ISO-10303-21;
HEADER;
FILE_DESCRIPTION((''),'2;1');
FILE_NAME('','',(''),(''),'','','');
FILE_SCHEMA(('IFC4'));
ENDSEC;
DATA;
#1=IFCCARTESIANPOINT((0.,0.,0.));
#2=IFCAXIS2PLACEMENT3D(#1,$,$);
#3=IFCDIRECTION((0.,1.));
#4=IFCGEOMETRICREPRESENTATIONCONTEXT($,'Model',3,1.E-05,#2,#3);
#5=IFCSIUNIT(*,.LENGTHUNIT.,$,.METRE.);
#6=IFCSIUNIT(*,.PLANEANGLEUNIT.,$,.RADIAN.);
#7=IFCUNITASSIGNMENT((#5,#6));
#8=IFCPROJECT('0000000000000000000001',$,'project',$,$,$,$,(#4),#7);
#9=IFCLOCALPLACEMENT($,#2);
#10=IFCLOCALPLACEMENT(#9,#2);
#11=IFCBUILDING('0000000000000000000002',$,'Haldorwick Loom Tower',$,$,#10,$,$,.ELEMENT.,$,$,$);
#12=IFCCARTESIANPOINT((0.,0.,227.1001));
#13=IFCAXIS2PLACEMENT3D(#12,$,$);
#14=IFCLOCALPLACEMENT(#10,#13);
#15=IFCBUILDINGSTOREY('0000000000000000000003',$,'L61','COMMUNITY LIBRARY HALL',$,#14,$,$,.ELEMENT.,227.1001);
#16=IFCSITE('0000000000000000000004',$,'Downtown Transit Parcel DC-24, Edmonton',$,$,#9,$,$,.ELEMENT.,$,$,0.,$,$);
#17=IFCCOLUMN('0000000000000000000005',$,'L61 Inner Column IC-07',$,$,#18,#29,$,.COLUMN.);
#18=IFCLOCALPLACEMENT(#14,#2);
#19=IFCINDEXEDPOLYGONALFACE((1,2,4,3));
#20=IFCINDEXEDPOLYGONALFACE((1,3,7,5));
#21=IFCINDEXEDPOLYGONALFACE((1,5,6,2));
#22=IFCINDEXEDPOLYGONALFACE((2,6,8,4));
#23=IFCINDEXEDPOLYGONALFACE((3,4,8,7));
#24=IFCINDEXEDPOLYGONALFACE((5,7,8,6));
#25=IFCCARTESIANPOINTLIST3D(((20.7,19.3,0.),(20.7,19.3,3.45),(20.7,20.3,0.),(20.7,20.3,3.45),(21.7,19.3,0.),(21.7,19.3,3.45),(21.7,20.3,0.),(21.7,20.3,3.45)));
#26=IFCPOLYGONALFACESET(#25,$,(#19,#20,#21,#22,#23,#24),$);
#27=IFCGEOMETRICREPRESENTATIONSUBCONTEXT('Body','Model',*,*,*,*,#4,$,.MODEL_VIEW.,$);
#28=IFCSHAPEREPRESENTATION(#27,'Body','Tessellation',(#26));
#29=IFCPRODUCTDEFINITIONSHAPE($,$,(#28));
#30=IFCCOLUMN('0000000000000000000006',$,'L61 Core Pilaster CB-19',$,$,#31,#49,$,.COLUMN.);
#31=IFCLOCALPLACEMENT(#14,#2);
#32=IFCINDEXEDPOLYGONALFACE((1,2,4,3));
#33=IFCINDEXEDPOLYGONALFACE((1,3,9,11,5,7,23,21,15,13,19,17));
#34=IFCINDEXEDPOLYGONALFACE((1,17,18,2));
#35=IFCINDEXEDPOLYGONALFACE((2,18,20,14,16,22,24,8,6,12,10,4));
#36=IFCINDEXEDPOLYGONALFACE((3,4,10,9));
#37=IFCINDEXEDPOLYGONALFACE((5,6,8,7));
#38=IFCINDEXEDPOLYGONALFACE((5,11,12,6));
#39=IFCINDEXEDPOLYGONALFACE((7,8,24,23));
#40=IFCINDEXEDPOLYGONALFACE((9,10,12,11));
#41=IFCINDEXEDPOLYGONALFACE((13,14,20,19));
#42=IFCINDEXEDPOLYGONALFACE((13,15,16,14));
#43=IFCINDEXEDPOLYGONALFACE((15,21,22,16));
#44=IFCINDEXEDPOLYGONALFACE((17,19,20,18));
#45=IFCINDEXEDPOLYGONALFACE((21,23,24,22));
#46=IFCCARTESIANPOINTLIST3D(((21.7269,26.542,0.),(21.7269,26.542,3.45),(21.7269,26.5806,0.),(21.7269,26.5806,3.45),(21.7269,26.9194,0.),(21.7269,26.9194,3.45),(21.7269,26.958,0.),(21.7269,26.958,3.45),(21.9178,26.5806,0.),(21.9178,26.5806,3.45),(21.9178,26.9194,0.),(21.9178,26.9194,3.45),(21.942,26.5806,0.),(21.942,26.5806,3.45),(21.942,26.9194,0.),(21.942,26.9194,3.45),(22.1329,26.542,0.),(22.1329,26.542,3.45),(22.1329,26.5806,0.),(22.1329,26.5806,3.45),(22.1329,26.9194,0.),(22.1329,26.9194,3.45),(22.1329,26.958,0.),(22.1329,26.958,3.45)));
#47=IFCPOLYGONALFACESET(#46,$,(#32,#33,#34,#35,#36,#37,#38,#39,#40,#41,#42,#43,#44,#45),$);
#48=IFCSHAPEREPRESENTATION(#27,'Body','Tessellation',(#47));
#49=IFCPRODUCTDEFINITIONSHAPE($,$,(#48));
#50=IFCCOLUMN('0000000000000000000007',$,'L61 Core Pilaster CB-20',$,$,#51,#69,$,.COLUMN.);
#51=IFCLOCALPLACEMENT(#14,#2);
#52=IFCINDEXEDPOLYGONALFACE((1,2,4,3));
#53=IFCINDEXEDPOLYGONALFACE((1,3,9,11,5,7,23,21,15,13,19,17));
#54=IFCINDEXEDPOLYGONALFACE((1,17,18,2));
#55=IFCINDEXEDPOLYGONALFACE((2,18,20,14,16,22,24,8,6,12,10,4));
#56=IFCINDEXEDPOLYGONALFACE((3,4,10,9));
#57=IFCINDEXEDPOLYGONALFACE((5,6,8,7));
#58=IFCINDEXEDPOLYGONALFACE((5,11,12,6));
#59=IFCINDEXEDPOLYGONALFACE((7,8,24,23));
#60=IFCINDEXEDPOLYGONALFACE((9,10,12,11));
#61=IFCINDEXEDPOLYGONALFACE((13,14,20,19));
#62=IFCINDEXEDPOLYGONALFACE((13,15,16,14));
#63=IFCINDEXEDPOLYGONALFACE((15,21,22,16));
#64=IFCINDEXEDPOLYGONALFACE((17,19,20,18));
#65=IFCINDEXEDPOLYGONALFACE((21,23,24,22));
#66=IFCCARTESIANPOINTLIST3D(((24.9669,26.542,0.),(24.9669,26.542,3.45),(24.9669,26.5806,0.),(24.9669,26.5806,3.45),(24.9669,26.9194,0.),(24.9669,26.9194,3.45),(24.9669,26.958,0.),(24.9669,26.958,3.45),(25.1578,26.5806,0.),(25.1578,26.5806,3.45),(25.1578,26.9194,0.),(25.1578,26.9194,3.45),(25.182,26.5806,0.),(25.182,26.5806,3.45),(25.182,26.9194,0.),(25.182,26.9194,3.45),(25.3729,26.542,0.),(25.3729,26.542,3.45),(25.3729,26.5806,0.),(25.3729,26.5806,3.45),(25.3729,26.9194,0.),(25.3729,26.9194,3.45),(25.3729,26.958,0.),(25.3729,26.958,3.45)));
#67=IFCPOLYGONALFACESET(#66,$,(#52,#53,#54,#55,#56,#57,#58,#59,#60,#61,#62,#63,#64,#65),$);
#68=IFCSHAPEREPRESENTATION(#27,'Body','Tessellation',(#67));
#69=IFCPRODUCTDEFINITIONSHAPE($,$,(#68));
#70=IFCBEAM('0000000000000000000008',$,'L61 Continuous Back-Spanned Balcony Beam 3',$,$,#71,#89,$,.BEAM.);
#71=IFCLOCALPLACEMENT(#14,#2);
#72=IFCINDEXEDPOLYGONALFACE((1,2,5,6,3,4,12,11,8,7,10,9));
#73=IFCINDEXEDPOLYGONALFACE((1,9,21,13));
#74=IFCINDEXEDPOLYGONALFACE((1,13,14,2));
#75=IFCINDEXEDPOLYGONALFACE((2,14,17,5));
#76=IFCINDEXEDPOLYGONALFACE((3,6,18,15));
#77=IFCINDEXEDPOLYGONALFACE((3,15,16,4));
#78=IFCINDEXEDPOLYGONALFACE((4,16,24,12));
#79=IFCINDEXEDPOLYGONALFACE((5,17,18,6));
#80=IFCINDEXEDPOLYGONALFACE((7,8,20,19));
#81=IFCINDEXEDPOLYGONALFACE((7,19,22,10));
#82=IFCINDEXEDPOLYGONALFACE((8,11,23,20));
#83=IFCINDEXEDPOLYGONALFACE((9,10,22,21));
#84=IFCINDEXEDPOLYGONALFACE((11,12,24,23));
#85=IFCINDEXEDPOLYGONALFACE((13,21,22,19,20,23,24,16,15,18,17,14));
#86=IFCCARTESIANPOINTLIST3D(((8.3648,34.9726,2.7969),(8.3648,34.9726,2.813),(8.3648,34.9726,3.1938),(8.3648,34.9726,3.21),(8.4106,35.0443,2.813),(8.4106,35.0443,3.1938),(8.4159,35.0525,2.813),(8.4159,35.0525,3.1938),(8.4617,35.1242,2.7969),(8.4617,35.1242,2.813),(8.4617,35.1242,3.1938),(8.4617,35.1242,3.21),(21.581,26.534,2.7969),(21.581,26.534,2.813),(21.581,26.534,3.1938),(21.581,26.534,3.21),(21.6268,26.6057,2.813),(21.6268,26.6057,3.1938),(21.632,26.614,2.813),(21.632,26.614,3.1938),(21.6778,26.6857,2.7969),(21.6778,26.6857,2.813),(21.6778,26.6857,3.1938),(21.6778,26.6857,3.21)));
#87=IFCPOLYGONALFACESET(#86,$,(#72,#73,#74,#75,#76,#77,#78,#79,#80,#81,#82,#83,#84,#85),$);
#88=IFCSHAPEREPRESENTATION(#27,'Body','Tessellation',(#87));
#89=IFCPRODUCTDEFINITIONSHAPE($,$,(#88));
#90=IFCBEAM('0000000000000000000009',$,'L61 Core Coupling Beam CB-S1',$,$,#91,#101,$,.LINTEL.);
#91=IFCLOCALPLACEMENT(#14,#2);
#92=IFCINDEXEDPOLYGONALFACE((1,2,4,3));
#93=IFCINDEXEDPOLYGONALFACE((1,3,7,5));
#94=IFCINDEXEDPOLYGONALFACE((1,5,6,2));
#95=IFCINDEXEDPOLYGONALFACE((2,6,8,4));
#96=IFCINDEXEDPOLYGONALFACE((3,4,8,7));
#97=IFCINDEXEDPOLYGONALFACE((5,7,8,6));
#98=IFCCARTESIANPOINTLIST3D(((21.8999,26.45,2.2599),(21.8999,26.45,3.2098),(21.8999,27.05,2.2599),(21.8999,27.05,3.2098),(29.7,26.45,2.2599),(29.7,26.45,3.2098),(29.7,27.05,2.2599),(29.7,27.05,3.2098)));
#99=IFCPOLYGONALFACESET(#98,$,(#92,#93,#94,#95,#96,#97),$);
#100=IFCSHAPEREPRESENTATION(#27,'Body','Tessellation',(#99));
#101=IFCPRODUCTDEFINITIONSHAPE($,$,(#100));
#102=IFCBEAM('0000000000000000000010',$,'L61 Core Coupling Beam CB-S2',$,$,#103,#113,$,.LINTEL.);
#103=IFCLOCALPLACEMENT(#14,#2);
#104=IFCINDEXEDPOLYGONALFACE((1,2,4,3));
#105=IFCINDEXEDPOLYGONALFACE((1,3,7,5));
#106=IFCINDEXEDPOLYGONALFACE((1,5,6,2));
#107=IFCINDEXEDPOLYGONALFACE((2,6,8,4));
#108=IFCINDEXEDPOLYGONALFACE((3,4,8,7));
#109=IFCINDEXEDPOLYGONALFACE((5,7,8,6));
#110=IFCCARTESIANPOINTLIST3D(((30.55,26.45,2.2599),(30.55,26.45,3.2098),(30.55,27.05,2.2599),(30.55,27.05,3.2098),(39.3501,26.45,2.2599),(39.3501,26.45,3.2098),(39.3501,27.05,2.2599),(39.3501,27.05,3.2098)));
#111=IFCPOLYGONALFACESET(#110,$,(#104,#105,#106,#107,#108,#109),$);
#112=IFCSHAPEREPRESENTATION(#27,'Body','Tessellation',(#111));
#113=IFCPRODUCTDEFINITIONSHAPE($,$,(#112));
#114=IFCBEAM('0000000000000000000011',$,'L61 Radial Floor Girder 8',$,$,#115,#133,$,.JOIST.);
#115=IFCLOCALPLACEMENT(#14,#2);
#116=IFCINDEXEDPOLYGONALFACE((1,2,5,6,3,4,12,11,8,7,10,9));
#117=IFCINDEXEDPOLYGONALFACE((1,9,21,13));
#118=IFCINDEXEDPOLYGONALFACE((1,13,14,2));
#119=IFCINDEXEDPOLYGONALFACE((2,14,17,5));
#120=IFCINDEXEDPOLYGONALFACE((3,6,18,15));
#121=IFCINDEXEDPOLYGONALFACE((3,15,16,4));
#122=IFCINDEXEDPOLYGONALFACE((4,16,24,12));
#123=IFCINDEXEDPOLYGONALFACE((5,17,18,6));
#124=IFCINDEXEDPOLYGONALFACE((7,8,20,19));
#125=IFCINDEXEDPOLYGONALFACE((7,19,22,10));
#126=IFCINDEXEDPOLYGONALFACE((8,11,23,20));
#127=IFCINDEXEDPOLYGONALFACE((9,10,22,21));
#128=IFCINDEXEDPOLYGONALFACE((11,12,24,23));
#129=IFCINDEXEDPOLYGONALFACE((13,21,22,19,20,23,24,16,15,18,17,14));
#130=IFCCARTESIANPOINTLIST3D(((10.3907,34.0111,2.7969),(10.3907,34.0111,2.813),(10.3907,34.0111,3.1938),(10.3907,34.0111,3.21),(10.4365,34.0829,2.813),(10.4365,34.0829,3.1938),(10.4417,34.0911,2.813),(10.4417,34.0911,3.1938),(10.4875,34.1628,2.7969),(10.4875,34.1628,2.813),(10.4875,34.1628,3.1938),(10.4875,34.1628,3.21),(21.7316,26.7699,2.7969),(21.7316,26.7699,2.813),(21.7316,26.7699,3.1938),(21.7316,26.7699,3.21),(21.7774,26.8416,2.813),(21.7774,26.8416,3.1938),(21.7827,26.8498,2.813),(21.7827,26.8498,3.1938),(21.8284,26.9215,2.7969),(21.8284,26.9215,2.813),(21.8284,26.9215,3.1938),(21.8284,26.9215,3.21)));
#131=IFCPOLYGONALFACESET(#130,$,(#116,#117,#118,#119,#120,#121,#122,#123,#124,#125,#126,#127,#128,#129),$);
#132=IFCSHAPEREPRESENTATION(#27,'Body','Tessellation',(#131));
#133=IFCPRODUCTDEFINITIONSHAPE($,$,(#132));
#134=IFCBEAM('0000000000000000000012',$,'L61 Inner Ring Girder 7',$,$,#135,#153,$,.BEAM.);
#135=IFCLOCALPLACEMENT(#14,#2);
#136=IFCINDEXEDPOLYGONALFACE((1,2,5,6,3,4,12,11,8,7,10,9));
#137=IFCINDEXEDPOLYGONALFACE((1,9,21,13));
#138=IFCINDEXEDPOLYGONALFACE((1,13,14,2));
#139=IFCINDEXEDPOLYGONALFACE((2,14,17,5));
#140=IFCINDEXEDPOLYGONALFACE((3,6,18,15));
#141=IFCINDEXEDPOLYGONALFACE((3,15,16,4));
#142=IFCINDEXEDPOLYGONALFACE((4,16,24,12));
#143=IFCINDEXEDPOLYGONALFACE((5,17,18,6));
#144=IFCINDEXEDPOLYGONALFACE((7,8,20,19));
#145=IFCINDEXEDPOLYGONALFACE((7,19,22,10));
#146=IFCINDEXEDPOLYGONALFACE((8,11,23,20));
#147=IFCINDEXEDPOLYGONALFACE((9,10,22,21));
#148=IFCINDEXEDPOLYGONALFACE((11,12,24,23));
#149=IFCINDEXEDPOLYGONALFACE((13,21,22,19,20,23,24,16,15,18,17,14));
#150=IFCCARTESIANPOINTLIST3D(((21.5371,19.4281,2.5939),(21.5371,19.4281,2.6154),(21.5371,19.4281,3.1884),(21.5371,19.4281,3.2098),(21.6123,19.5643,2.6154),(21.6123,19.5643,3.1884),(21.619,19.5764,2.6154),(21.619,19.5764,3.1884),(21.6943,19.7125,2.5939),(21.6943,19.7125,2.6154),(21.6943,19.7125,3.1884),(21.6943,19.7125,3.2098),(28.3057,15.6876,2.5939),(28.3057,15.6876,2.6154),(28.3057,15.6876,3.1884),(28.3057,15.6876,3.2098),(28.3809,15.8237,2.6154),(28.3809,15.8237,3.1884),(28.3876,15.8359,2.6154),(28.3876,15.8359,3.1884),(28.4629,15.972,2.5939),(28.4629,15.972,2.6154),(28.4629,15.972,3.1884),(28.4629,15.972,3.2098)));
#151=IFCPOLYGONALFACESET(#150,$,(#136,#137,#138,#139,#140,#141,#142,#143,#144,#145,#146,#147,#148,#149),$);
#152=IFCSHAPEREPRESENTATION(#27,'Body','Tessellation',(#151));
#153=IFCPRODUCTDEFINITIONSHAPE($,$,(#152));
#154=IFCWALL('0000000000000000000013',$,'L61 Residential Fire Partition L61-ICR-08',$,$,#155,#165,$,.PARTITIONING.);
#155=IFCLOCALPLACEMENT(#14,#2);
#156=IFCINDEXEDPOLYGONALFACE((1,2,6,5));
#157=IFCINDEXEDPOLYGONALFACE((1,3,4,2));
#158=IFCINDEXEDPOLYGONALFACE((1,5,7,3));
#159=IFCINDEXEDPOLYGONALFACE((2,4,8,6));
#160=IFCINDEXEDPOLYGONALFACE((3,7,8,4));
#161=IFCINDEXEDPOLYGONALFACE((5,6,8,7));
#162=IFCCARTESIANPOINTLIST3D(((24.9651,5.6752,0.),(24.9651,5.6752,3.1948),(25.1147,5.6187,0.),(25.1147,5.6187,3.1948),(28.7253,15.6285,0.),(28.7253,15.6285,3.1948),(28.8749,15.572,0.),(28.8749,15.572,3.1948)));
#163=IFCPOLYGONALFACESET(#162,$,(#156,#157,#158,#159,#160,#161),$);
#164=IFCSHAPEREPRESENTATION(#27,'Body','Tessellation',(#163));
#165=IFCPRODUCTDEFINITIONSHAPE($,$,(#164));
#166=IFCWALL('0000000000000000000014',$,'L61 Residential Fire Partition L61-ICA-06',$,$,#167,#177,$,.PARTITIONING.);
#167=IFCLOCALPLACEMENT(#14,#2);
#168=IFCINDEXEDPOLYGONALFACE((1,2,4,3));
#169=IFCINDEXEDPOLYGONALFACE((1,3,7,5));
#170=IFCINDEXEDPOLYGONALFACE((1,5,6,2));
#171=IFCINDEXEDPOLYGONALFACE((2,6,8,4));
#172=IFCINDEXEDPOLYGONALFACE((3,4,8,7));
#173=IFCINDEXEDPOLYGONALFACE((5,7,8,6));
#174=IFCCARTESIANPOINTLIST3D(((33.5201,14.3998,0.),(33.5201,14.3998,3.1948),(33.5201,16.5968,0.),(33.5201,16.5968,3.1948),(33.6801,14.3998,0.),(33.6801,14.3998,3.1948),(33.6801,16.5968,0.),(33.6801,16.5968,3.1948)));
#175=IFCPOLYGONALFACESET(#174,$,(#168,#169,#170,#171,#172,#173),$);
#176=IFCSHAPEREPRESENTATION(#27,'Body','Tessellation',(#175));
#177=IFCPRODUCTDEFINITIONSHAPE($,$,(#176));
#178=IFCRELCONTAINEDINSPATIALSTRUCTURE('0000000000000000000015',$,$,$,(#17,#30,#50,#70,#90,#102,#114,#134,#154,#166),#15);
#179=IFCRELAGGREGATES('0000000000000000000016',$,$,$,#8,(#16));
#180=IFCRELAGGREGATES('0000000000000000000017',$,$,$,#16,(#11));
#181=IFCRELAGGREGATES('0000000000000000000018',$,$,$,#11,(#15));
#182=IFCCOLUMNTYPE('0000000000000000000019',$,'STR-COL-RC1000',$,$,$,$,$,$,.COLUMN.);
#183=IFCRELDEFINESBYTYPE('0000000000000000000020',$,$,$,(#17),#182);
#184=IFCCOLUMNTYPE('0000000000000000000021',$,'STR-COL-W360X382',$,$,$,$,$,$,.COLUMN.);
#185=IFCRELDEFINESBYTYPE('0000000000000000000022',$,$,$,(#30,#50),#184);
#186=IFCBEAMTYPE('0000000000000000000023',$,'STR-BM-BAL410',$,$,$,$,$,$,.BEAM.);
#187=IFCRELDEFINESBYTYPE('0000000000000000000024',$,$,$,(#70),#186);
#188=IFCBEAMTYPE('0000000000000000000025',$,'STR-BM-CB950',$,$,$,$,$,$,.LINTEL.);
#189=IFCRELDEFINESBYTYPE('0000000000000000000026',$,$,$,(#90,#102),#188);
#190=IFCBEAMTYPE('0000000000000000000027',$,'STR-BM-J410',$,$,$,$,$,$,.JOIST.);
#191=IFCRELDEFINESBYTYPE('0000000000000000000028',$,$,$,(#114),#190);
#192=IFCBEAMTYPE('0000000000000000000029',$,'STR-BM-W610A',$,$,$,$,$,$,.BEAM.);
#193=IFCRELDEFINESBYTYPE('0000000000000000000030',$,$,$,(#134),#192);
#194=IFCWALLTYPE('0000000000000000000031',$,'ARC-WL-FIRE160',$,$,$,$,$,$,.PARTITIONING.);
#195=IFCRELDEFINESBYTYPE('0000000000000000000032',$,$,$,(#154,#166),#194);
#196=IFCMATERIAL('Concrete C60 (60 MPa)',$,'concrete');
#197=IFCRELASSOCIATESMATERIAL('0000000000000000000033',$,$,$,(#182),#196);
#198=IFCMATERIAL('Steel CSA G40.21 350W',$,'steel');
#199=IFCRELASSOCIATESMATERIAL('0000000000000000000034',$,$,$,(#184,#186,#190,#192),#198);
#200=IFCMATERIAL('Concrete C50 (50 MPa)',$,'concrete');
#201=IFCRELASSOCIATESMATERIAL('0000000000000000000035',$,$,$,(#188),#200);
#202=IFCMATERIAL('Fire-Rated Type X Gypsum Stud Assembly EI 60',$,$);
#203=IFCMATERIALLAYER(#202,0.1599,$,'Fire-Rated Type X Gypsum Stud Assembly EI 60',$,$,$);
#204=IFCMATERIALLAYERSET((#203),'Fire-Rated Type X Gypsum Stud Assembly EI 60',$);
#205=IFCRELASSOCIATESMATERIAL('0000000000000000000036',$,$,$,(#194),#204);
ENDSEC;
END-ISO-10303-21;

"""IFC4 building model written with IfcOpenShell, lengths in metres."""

from ifc_helpers import new_model, si_unit, direction, frame, frame_2d, origin, origin_2d, place, context, subcontext, project, spatial, rectangle, i_section, extrude, material, layer, layer_set, material_profile, profile_set, type_object, element, save


model = new_model("IFC4")

# Units and contexts
model_context = context("Model", 3, precision=1e-05, world=origin(), true_north=direction((0.0, 1.0)))
body_context = subcontext(model_context, "Body", "Model", "MODEL_VIEW")
ifc_project = project(units=[si_unit("LENGTHUNIT", "METRE"), si_unit("PLANEANGLEUNIT", "RADIAN")], contexts=[model_context])

# Site, building, storey
site_placement = place(None, origin())
site = spatial("IfcSite", under=ifc_project, at=site_placement, Name="Downtown Transit Parcel DC-24, Edmonton", CompositionType="ELEMENT", RefElevation=0.0)
building_placement = place(site_placement, origin())
building = spatial("IfcBuilding", under=site, at=building_placement, Name="Haldorwick Loom Tower", CompositionType="ELEMENT")
storey_placement = place(building_placement, frame((0.0, 0.0, 227.1001)))
storey = spatial("IfcBuildingStorey", under=building, at=storey_placement, Name="L61", Description="COMMUNITY LIBRARY HALL", CompositionType="ELEMENT", Elevation=227.1001)

# Columns
ifc_material_1 = material(Name="Concrete C60 (60 MPa)", Category="concrete")
ifc_material_profile_1 = material_profile(ifc_material_1, rectangle(XDim=1.0, YDim=1.0, at=origin_2d()), Name="RC1000X1000", Category="concrete")
ifc_profile_set_1 = profile_set([ifc_material_profile_1], Name="Concrete C60 (60 MPa)")
column_type_1 = type_object("IfcColumnType", Name="STR-COL-RC1000", PredefinedType="COLUMN", material=ifc_profile_set_1)
column_placement = place(storey_placement, frame((21.2, 19.8, 0.0), z_axis=(0.0, 0.0, 1.0), x_axis=(1.0, 0.0, 0.0)))
element("IfcColumn", 1, at=column_placement, inside=storey, type_object=column_type_1, Name="L61 Inner Column IC-07", PredefinedType="COLUMN", context=body_context, shape_type="SweptSolid", body=[
    extrude(rectangle(XDim=1.0, YDim=1.0, at=origin_2d()), origin(), (0.0, 0.0, 1.0), 3.45),
])
ifc_material_2 = material(Name="Steel CSA G40.21 350W", Category="steel")
ifc_material_profile_2 = material_profile(ifc_material_2, i_section(OverallWidth=0.406, OverallDepth=0.416, WebThickness=0.0242, FlangeThickness=0.0386, at=origin_2d()), Name="W360X382", Category="steel")
ifc_profile_set_2 = profile_set([ifc_material_profile_2], Name="Steel CSA G40.21 350W")
column_type_2 = type_object("IfcColumnType", Name="STR-COL-W360X382", PredefinedType="COLUMN", material=ifc_profile_set_2)
for number, where, z_axis, x_axis, name in (
    (2, (21.9299, 26.75, 0.0), (0.0, 0.0, 1.0), (1.0, 0.0, 0.0), "L61 Core Pilaster CB-19"),
    (3, (25.1699, 26.75, 0.0), (0.0, 0.0, 1.0), (1.0, 0.0, 0.0), "L61 Core Pilaster CB-20"),
):
    element("IfcColumn", number, at=place(storey_placement, frame(where, z_axis=z_axis, x_axis=x_axis)), inside=storey, type_object=column_type_2, Name=name, PredefinedType="COLUMN", context=body_context, shape_type="SweptSolid", body=[
        extrude(i_section(OverallWidth=0.406, OverallDepth=0.416, WebThickness=0.0242, FlangeThickness=0.0386, at=origin_2d()), origin(), (0.0, 0.0, 1.0), 3.45),
    ])

# Beams
ifc_material_profile_3 = material_profile(ifc_material_2, i_section(OverallWidth=0.1799, OverallDepth=0.4131, WebThickness=0.0098, FlangeThickness=0.0161, at=origin_2d()), Name="W410X74", Category="steel")
ifc_profile_set_3 = profile_set([ifc_material_profile_3], Name="Steel CSA G40.21 350W")
beam_type_1 = type_object("IfcBeamType", Name="STR-BM-BAL410", PredefinedType="BEAM", material=ifc_profile_set_3)
beam_1_placement = place(storey_placement, frame((21.6294, 26.6099, 3.0034), z_axis=(-0.842844, 0.538157, 0.0), x_axis=(-0.538157, -0.842844, 0.0)))
element("IfcBeam", 4, at=beam_1_placement, inside=storey, type_object=beam_type_1, Name="L61 Continuous Back-Spanned Balcony Beam 3", PredefinedType="BEAM", context=body_context, shape_type="SweptSolid", body=[
    extrude(i_section(OverallWidth=0.1799, OverallDepth=0.4131, WebThickness=0.0098, FlangeThickness=0.0161, at=origin_2d()), origin(), (0.0, 0.0, 1.0), 15.6804),
])
ifc_material_3 = material(Name="Concrete C50 (50 MPa)", Category="concrete")
ifc_material_profile_4 = material_profile(ifc_material_3, rectangle(XDim=0.6001, YDim=0.95, at=origin_2d()), Name="RC600X950", Category="concrete")
ifc_profile_set_4 = profile_set([ifc_material_profile_4], Name="Concrete C50 (50 MPa)")
beam_type_2 = type_object("IfcBeamType", Name="STR-BM-CB950", PredefinedType="LINTEL", material=ifc_profile_set_4)
beam_2_placement = place(storey_placement, frame((21.8999, 26.75, 2.7349), z_axis=(1.0, 0.0, 0.0), x_axis=(0.0, 1.0, 0.0)))
element("IfcBeam", 5, at=beam_2_placement, inside=storey, type_object=beam_type_2, Name="L61 Core Coupling Beam CB-S1", PredefinedType="LINTEL", context=body_context, shape_type="SweptSolid", body=[
    extrude(rectangle(XDim=0.6001, YDim=0.95, at=origin_2d()), origin(), (0.0, 0.0, 1.0), 7.8),
])
beam_3_placement = place(storey_placement, frame((30.55, 26.75, 2.7349), z_axis=(1.0, 0.0, 0.0), x_axis=(0.0, 1.0, 0.0)))
element("IfcBeam", 6, at=beam_3_placement, inside=storey, type_object=beam_type_2, Name="L61 Core Coupling Beam CB-S2", PredefinedType="LINTEL", context=body_context, shape_type="SweptSolid", body=[
    extrude(rectangle(XDim=0.6001, YDim=0.95, at=origin_2d()), origin(), (0.0, 0.0, 1.0), 8.8),
])
ifc_material_profile_5 = material_profile(ifc_material_2, i_section(OverallWidth=0.1799, OverallDepth=0.4131, WebThickness=0.0098, FlangeThickness=0.0161, at=origin_2d()), Name="W410X74", Category="steel")
ifc_profile_set_5 = profile_set([ifc_material_profile_5], Name="Steel CSA G40.21 350W")
beam_type_3 = type_object("IfcBeamType", Name="STR-BM-J410", PredefinedType="JOIST", material=ifc_profile_set_5)
beam_4_placement = place(storey_placement, frame((21.78, 26.8457, 3.0034), z_axis=(-0.842842, 0.538162, 0.0), x_axis=(-0.538162, -0.842842, 0.0)))
element("IfcBeam", 7, at=beam_4_placement, inside=storey, type_object=beam_type_3, Name="L61 Radial Floor Girder 8", PredefinedType="JOIST", context=body_context, shape_type="SweptSolid", body=[
    extrude(i_section(OverallWidth=0.1799, OverallDepth=0.4131, WebThickness=0.0098, FlangeThickness=0.0161, at=origin_2d()), origin(), (0.0, 0.0, 1.0), 13.4556),
])
ifc_material_profile_6 = material_profile(ifc_material_2, i_section(OverallWidth=0.325, OverallDepth=0.616, WebThickness=0.0139, FlangeThickness=0.0215, at=origin_2d()), Name="W610X174", Category="steel")
ifc_profile_set_6 = profile_set([ifc_material_profile_6], Name="Steel CSA G40.21 350W")
beam_type_4 = type_object("IfcBeamType", Name="STR-BM-W610A", PredefinedType="BEAM", material=ifc_profile_set_6)
beam_5_placement = place(storey_placement, frame((28.3843, 15.8298, 2.9019), z_axis=(-0.875244, 0.483682, 0.0), x_axis=(-0.483682, -0.875244, 0.0)))
element("IfcBeam", 8, at=beam_5_placement, inside=storey, type_object=beam_type_4, Name="L61 Inner Ring Girder 7", PredefinedType="BEAM", context=body_context, shape_type="SweptSolid", body=[
    extrude(i_section(OverallWidth=0.325, OverallDepth=0.616, WebThickness=0.0139, FlangeThickness=0.0215, at=origin_2d()), origin(), (0.0, 0.0, 1.0), 7.7334),
])

# Walls
ifc_material_4 = material(Name="Fire-Rated Type X Gypsum Stud Assembly EI 60")
ifc_layer_1 = layer(ifc_material_4, 0.1599, Name="Fire-Rated Type X Gypsum Stud Assembly EI 60")
ifc_layer_set_1 = layer_set([ifc_layer_1], Name="Fire-Rated Type X Gypsum Stud Assembly EI 60")
wall_type_1 = type_object("IfcWallType", Name="ARC-WL-FIRE160", PredefinedType="PARTITIONING", material=ifc_layer_set_1)
wall_1_placement = place(storey_placement, frame((28.8, 15.6001, 0.0), z_axis=(0.0, 0.0, 1.0), x_axis=(-0.353408, -0.935469, 0.0)))
element("IfcWall", 9, at=wall_1_placement, inside=storey, type_object=wall_type_1, Name="L61 Residential Fire Partition L61-ICR-08", PredefinedType="PARTITIONING", context=body_context, shape_type="SweptSolid", body=[
    extrude(rectangle(XDim=10.6399, YDim=0.1599, at=frame_2d((5.3198, 0.0))), origin(), (0.0, 0.0, 1.0), 3.1948),
])
wall_2_placement = place(storey_placement, frame((33.6001, 16.5969, 0.0), z_axis=(0.0, 0.0, 1.0), x_axis=(0.0, -1.0, 0.0)))
element("IfcWall", 10, at=wall_2_placement, inside=storey, type_object=wall_type_1, Name="L61 Residential Fire Partition L61-ICA-06", PredefinedType="PARTITIONING", context=body_context, shape_type="SweptSolid", body=[
    extrude(rectangle(XDim=2.197, YDim=0.1599, at=frame_2d((1.0986, 0.0))), origin(), (0.0, 0.0, 1.0), 3.1948),
])

save(model, "model.ifc")
